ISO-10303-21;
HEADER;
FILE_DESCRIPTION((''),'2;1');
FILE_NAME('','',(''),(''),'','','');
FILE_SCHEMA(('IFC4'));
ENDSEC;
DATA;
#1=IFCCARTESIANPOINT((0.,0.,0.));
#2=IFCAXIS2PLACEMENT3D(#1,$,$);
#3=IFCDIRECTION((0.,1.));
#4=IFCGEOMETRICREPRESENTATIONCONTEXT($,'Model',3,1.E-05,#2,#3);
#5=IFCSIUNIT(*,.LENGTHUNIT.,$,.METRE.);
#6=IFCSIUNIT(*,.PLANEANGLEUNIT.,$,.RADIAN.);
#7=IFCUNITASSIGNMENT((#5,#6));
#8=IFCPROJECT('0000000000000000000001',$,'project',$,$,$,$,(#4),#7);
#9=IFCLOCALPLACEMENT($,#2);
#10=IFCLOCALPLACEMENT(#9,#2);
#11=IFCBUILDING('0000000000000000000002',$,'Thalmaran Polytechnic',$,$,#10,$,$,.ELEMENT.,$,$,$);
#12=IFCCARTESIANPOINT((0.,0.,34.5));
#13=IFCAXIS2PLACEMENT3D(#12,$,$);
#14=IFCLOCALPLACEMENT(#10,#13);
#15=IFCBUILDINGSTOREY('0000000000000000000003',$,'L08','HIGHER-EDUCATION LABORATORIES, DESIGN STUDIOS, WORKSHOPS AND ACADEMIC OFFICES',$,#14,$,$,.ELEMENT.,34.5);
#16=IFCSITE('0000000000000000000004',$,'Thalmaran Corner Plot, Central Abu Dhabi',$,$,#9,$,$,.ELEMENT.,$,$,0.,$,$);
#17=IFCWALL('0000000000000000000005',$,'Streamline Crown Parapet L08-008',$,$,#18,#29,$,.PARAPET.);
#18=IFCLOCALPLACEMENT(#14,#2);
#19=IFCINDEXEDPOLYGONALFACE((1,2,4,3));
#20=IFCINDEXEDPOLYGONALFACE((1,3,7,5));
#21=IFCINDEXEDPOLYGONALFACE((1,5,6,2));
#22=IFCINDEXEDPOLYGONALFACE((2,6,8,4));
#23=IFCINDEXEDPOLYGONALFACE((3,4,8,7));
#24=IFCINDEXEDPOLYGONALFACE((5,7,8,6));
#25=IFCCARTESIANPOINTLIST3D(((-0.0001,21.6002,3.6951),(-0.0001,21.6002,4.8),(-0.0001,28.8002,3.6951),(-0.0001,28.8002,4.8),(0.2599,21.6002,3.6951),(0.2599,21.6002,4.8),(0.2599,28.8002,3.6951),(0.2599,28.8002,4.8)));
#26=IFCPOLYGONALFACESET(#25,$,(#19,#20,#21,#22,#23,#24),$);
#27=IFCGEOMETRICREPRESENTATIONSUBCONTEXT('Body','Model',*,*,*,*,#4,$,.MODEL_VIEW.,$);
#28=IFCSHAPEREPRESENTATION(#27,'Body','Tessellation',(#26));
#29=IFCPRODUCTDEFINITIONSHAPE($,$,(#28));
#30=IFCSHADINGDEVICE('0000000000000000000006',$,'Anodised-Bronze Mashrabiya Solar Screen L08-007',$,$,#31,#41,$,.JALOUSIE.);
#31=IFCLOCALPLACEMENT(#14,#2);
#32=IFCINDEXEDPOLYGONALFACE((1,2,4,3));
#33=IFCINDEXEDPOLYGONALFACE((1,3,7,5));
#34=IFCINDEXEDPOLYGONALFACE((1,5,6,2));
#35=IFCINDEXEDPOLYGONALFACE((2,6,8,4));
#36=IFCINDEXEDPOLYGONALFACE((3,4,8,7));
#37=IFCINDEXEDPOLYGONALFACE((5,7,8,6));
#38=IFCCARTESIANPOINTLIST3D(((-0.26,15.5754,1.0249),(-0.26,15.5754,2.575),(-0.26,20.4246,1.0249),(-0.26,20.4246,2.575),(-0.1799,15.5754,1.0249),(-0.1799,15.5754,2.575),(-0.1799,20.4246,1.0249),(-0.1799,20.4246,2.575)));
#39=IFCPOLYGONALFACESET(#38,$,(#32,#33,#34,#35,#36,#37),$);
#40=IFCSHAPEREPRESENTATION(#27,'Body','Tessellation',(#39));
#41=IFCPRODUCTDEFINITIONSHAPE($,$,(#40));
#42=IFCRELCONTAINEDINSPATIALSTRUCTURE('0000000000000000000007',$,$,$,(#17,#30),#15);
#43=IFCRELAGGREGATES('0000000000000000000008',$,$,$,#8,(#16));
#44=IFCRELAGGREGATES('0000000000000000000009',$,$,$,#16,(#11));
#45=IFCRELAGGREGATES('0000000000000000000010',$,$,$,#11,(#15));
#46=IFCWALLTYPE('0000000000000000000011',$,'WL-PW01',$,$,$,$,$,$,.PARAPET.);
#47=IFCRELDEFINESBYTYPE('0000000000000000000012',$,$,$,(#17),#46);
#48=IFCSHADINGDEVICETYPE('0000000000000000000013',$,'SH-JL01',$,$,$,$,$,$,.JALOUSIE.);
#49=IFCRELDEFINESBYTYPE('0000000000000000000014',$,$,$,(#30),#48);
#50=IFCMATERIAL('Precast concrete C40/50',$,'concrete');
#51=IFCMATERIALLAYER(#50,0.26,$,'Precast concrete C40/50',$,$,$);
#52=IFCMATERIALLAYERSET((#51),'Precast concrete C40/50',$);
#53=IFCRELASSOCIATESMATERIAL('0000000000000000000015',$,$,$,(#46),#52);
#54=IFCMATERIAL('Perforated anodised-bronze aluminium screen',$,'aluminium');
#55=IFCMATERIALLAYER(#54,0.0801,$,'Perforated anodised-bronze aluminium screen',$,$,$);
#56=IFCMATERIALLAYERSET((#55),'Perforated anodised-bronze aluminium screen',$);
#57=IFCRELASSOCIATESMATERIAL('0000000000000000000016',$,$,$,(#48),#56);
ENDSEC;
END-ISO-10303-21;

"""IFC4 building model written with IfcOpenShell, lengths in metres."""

from ifc_helpers import new_model, si_unit, direction, frame, frame_2d, origin, origin_2d, place, context, subcontext, project, spatial, rectangle, extrude, material, layer, layer_set, type_object, element, save


model = new_model("IFC4")

# Units and contexts
model_context = context("Model", 3, precision=1e-05, world=origin(), true_north=direction((0.0, 1.0)))
body_context = subcontext(model_context, "Body", "Model", "MODEL_VIEW")
ifc_project = project(units=[si_unit("LENGTHUNIT", "METRE"), si_unit("PLANEANGLEUNIT", "RADIAN")], contexts=[model_context])

# Site, building, storey
site_placement = place(None, origin())
site = spatial("IfcSite", under=ifc_project, at=site_placement, Name="Thalmaran Corner Plot, Central Abu Dhabi", CompositionType="ELEMENT", RefElevation=0.0)
building_placement = place(site_placement, origin())
building = spatial("IfcBuilding", under=site, at=building_placement, Name="Thalmaran Polytechnic", CompositionType="ELEMENT")
storey_placement = place(building_placement, frame((0.0, 0.0, 34.5)))
storey = spatial("IfcBuildingStorey", under=building, at=storey_placement, Name="L08", Description="HIGHER-EDUCATION LABORATORIES, DESIGN STUDIOS, WORKSHOPS AND ACADEMIC OFFICES", CompositionType="ELEMENT", Elevation=34.5)

# Shared definitions
ifc_material_1 = material(Name="Precast concrete C40/50", Category="concrete")

# Wall
ifc_layer_1 = layer(ifc_material_1, 0.26, Name="Precast concrete C40/50")
ifc_layer_set_1 = layer_set([ifc_layer_1], Name="Precast concrete C40/50")
wall_type_1 = type_object("IfcWallType", Name="WL-PW01", PredefinedType="PARAPET", material=ifc_layer_set_1)
wall_1_placement = place(storey_placement, frame((0.1299, 21.6001, 3.6951), z_axis=(0.0, 0.0, 1.0), x_axis=(0.0, 1.0, 0.0)))
element("IfcWall", 1, at=wall_1_placement, inside=storey, type_object=wall_type_1, Name="Streamline Crown Parapet L08-008", PredefinedType="PARAPET", context=body_context, shape_type="SweptSolid", body=[
    extrude(rectangle(XDim=7.2, YDim=0.26, at=frame_2d((3.6001, 0.0))), origin(), (0.0, 0.0, 1.0), 1.105),
])

# Shading device
ifc_material_2 = material(Name="Perforated anodised-bronze aluminium screen", Category="aluminium")
ifc_layer_2 = layer(ifc_material_2, 0.0801, Name="Perforated anodised-bronze aluminium screen")
ifc_layer_set_2 = layer_set([ifc_layer_2], Name="Perforated anodised-bronze aluminium screen")
shading_device_type = type_object("IfcShadingDeviceType", Name="SH-JL01", PredefinedType="JALOUSIE", material=ifc_layer_set_2)
shading_device_placement = place(storey_placement, frame((-0.22, 18.0, 1.0249), z_axis=(0.0, 0.0, 1.0), x_axis=(0.0, 1.0, 0.0)))
element("IfcShadingDevice", 2, at=shading_device_placement, inside=storey, type_object=shading_device_type, Name="Anodised-Bronze Mashrabiya Solar Screen L08-007", PredefinedType="JALOUSIE", context=body_context, shape_type="SweptSolid", body=[
    extrude(rectangle(XDim=4.8491, YDim=0.0801, at=origin_2d()), origin(), (0.0, 0.0, 1.0), 1.55),
])

save(model, "model.ifc")
